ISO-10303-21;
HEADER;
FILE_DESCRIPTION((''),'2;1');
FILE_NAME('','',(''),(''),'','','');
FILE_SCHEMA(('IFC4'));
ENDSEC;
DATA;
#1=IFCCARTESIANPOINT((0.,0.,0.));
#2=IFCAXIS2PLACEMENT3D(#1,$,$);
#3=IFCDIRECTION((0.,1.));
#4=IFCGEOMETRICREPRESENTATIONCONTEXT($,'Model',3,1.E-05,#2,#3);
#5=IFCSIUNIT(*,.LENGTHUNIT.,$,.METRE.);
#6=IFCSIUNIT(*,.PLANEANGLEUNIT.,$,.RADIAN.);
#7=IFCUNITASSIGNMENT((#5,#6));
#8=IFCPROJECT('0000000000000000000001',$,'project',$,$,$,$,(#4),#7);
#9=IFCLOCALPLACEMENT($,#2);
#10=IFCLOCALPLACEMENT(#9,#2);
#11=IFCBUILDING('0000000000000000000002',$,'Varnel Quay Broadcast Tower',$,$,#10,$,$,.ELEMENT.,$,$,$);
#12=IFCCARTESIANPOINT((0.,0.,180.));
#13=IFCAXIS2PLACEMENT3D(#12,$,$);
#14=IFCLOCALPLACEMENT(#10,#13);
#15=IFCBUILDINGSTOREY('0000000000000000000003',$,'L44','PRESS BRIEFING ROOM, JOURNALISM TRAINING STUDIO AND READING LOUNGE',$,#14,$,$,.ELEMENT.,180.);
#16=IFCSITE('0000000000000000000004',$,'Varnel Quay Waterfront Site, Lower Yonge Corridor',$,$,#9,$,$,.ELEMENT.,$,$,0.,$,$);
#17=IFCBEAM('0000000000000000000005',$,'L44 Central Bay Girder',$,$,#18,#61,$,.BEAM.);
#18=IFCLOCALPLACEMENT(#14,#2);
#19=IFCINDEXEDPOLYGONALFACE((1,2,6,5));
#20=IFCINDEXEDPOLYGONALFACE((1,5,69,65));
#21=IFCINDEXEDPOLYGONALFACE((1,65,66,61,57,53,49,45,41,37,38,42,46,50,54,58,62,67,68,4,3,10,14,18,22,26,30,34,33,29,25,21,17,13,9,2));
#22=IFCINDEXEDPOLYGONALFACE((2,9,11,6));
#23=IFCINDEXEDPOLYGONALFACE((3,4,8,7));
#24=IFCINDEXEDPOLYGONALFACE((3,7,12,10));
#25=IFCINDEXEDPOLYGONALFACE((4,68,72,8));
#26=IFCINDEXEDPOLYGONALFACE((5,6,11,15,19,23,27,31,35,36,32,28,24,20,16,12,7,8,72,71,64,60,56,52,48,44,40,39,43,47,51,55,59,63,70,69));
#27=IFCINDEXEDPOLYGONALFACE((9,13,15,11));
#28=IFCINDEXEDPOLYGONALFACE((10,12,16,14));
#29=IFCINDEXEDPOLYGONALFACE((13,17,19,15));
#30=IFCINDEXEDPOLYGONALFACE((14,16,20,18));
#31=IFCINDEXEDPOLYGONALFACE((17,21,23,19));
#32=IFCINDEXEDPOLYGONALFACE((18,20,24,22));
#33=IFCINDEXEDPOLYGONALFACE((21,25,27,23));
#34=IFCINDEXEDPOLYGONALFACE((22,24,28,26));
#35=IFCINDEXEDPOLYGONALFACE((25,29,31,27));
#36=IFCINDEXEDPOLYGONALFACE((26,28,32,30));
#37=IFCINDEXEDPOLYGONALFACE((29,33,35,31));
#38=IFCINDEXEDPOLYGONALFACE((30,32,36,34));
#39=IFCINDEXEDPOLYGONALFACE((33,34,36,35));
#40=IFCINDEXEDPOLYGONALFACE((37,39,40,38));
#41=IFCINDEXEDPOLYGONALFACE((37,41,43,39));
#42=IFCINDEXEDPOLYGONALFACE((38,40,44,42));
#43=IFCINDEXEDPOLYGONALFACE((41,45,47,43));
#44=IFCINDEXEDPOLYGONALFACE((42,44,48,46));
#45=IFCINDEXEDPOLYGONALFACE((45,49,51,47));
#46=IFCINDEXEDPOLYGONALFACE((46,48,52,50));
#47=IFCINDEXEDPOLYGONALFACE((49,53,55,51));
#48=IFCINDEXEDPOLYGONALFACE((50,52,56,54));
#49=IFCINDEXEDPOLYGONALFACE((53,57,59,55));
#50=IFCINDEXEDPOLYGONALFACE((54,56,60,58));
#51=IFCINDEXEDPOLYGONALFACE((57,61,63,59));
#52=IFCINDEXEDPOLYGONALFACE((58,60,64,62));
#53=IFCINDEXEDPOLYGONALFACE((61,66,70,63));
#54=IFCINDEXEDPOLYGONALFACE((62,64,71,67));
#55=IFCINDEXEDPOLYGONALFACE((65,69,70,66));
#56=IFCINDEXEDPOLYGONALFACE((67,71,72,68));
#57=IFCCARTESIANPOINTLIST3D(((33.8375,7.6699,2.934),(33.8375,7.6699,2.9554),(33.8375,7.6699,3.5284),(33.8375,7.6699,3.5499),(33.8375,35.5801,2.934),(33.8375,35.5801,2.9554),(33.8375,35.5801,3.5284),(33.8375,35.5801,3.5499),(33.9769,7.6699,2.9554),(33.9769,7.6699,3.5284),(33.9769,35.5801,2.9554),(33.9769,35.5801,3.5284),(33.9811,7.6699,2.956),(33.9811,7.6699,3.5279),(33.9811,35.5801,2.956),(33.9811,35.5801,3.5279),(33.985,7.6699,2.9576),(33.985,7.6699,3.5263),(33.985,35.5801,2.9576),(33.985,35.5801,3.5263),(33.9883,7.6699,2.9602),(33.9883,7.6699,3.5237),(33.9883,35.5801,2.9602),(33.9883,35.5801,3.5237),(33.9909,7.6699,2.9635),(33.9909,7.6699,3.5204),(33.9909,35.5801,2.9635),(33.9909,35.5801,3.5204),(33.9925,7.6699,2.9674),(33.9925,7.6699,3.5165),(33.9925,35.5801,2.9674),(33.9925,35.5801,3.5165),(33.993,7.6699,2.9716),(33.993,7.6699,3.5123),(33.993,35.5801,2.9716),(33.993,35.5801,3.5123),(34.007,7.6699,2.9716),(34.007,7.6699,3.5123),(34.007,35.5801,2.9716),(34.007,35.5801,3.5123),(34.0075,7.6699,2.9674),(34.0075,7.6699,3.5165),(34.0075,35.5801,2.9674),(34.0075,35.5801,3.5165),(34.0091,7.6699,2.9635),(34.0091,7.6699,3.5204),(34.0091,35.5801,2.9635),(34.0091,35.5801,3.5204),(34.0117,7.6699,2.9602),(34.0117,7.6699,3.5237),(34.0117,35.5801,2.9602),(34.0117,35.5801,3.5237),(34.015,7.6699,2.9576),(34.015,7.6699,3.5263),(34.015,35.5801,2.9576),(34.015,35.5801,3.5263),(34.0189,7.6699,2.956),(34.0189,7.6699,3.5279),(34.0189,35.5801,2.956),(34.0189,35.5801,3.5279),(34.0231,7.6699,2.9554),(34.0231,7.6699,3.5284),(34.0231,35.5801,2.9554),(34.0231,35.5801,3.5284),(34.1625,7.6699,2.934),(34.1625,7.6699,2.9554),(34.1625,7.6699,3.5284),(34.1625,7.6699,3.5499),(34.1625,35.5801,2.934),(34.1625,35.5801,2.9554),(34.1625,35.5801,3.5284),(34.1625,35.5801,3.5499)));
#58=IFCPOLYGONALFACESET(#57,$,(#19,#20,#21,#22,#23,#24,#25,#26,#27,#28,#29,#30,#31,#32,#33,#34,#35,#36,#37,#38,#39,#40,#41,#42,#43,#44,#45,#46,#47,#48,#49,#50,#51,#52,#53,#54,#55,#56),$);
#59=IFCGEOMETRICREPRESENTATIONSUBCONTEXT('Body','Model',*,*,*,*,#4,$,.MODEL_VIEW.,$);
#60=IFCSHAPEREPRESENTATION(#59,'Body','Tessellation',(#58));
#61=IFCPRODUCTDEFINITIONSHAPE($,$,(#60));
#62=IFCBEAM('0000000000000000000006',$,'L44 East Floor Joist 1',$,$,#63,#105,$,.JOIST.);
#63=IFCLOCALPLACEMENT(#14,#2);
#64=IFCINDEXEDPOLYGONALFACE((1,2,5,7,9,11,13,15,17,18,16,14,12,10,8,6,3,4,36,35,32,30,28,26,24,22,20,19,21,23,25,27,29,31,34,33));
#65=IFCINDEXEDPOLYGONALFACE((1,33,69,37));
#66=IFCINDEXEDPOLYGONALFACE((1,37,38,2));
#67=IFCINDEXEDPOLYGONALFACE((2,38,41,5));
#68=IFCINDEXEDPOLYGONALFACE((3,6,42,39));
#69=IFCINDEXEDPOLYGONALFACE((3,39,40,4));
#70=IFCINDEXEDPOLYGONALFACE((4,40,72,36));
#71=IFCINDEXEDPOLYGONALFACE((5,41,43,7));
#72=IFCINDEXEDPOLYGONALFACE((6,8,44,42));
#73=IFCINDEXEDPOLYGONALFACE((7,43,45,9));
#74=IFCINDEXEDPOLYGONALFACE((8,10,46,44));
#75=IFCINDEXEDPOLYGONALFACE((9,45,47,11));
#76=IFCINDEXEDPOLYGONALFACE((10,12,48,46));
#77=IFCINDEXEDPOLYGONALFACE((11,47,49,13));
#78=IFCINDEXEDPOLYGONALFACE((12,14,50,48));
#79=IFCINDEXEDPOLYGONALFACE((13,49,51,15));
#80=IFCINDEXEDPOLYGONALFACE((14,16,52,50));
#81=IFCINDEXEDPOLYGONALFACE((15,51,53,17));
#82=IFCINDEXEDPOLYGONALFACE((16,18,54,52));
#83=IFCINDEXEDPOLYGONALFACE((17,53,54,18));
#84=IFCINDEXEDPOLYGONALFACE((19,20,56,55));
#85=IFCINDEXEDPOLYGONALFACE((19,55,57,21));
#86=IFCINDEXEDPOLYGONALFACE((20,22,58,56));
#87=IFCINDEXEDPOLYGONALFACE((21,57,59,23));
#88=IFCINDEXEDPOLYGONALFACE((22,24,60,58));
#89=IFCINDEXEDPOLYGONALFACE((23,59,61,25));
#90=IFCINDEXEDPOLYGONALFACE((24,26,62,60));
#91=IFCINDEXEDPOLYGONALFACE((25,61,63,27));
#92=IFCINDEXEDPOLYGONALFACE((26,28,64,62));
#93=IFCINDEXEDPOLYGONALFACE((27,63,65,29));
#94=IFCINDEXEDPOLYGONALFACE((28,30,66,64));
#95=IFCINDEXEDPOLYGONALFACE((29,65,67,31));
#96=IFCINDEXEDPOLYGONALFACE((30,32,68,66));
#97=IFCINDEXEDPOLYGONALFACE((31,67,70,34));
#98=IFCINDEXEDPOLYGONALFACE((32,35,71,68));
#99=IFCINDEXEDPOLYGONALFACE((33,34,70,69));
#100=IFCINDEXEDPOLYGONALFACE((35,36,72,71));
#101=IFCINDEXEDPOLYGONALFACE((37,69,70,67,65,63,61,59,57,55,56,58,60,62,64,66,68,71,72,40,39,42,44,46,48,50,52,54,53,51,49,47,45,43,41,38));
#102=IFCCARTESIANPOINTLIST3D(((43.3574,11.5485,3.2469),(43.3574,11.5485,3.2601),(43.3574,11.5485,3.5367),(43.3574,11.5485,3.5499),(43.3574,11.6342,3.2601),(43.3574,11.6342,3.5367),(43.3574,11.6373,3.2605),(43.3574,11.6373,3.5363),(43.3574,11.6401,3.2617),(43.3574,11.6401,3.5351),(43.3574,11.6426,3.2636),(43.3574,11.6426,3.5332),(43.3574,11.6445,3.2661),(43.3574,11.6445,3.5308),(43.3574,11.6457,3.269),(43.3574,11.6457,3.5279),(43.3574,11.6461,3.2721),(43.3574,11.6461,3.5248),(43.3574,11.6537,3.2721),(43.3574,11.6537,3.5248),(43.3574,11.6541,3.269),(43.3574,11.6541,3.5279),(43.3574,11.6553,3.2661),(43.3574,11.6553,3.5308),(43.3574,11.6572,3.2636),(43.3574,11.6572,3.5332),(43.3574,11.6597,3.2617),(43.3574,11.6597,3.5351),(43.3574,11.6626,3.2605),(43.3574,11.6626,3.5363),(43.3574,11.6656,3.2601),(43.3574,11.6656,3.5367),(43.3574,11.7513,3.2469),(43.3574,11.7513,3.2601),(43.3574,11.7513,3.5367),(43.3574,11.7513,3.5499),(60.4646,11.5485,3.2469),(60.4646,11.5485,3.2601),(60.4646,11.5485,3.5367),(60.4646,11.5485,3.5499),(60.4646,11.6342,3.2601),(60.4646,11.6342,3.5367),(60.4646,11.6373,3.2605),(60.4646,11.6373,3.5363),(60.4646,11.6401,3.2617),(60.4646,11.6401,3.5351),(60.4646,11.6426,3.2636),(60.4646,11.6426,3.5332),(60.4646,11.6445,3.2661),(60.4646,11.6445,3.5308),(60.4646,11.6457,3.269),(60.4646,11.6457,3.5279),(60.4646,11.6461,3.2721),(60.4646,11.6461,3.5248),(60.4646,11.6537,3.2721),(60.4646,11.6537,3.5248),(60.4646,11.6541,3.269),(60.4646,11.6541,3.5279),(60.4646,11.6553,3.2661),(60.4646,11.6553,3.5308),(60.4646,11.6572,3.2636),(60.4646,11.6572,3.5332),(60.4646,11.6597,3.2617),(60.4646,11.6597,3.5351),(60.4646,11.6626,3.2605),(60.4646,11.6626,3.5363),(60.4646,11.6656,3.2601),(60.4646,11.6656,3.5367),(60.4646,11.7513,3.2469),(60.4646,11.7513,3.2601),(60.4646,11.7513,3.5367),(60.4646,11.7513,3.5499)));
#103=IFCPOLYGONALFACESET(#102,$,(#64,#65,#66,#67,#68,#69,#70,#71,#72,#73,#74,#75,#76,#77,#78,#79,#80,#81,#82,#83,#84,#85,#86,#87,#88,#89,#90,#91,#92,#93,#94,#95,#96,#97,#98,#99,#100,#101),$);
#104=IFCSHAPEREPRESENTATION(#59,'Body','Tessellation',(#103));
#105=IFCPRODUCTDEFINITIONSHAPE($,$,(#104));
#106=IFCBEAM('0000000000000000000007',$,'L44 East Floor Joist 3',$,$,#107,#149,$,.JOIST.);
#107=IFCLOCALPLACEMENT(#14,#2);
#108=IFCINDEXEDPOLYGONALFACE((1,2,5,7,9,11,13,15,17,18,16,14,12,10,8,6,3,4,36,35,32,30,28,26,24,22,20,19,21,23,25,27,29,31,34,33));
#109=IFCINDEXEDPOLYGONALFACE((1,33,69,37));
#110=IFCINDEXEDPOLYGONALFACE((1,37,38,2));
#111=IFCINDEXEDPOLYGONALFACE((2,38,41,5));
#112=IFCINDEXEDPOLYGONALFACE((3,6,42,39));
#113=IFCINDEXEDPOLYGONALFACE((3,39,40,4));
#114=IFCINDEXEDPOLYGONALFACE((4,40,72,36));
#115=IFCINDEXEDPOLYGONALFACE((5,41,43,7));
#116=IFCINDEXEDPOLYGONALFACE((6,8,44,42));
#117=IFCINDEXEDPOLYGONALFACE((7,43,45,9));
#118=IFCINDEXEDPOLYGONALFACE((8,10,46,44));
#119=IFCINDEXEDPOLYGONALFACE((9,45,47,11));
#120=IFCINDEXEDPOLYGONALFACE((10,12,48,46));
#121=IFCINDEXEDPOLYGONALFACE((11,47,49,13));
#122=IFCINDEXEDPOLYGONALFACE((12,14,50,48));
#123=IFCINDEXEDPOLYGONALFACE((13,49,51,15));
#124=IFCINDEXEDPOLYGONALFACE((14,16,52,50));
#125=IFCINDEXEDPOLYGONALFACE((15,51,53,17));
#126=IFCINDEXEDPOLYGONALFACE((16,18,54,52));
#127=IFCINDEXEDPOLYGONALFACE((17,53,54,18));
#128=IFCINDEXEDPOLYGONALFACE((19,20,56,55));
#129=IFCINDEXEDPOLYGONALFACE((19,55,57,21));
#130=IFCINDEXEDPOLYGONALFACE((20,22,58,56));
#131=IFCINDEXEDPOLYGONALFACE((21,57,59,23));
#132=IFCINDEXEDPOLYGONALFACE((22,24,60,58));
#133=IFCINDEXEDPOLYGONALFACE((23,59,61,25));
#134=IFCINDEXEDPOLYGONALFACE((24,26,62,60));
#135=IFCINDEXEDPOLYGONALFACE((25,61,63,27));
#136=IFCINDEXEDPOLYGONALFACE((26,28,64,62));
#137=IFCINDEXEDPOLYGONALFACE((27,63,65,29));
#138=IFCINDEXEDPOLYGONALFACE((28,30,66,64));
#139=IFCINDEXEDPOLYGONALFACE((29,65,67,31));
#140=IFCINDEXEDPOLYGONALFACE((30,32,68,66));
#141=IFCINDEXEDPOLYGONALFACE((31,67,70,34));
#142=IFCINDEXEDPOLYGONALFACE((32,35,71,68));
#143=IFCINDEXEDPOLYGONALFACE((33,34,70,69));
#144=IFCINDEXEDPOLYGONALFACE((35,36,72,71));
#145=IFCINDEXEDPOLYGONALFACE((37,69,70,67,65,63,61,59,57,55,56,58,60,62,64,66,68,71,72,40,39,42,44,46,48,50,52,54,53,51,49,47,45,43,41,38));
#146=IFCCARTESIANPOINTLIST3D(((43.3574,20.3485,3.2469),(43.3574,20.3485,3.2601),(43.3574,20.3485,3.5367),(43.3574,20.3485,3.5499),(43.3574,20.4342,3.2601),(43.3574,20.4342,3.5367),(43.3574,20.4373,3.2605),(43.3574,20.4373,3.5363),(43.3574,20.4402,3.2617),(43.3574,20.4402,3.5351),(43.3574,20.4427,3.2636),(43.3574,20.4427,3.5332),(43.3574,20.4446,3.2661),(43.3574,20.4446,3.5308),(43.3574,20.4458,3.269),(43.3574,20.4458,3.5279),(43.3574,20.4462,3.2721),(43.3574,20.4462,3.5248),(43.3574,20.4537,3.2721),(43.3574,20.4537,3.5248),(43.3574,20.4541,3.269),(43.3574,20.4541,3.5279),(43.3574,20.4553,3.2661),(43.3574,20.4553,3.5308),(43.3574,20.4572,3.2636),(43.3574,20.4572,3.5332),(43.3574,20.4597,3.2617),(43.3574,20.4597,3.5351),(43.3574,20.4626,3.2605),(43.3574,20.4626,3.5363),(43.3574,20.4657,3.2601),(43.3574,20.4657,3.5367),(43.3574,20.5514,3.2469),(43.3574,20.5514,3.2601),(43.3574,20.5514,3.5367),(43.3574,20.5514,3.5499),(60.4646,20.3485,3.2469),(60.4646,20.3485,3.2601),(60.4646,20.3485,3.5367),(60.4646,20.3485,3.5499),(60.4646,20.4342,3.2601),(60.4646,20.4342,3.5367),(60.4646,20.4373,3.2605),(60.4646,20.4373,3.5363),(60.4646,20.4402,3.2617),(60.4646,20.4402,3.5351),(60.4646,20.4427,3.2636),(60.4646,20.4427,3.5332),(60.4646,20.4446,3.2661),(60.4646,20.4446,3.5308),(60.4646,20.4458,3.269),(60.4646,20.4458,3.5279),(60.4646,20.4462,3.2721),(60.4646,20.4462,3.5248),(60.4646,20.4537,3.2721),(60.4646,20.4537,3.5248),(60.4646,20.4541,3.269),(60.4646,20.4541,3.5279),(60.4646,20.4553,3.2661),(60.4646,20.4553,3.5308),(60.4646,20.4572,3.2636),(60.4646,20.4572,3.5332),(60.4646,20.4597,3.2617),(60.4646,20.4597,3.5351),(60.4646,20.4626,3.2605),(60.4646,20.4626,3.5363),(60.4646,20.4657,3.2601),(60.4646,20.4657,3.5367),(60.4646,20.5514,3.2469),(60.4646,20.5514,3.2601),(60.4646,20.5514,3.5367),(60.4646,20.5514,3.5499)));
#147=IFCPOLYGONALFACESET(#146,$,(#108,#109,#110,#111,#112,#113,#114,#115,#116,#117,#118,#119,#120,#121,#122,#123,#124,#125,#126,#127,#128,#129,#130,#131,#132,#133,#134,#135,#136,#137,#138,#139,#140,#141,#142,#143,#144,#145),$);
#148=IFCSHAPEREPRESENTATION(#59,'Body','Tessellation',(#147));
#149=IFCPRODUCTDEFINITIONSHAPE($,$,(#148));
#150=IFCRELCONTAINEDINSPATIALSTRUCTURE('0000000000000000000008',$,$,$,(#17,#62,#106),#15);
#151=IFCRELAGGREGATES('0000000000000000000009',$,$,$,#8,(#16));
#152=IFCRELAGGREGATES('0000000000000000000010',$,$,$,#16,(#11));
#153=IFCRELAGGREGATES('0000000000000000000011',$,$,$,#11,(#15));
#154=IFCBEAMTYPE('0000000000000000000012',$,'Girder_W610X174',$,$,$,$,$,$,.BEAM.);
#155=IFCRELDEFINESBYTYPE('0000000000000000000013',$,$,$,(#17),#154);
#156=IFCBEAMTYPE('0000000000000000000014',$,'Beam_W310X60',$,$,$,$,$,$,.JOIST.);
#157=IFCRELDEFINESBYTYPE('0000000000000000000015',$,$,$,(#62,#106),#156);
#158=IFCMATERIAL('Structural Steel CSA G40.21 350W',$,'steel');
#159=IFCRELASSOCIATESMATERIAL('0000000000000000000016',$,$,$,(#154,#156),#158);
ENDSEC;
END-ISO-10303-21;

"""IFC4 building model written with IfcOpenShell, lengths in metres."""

from ifc_helpers import new_model, si_unit, direction, frame, origin, origin_2d, place, context, subcontext, project, spatial, i_section, extrude, source, transform, mapped, material, material_profile, profile_set, type_object, type_shapes, element, save


model = new_model("IFC4")

# Units and contexts
model_context = context("Model", 3, precision=1e-05, world=origin(), true_north=direction((0.0, 1.0)))
body_context = subcontext(model_context, "Body", "Model", "MODEL_VIEW")
ifc_project = project(units=[si_unit("LENGTHUNIT", "METRE"), si_unit("PLANEANGLEUNIT", "RADIAN")], contexts=[model_context])

# Site, building, storey
site_placement = place(None, origin())
site = spatial("IfcSite", under=ifc_project, at=site_placement, Name="Varnel Quay Waterfront Site, Lower Yonge Corridor", CompositionType="ELEMENT", RefElevation=0.0)
building_placement = place(site_placement, origin())
building = spatial("IfcBuilding", under=site, at=building_placement, Name="Varnel Quay Broadcast Tower", CompositionType="ELEMENT")
storey_placement = place(building_placement, frame((0.0, 0.0, 180.0)))
storey = spatial("IfcBuildingStorey", under=building, at=storey_placement, Name="L44", Description="PRESS BRIEFING ROOM, JOURNALISM TRAINING STUDIO AND READING LOUNGE", CompositionType="ELEMENT", Elevation=180.0)

# Shared definitions
ifc_material_1 = material(Name="Structural Steel CSA G40.21 350W", Category="steel")

# Beams
ifc_material_profile_1 = material_profile(ifc_material_1, i_section(OverallWidth=0.325, OverallDepth=0.616, WebThickness=0.0139, FlangeThickness=0.0215, FilletRadius=0.0161, at=origin_2d()), Name="W610X174")
ifc_profile_set_1 = profile_set([ifc_material_profile_1], Name="Structural Steel CSA G40.21 350W")
beam_type_1 = type_object("IfcBeamType", Name="Girder_W610X174", PredefinedType="BEAM", material=ifc_profile_set_1)
shared_shape_1 = source(origin(), body_context, "Body", "SweptSolid", [
    extrude(i_section(OverallWidth=0.325, OverallDepth=0.616, WebThickness=0.0139, FlangeThickness=0.0215, FilletRadius=0.0161, at=origin_2d()), origin(), (0.0, 0.0, 1.0), 27.9102),
])
beam_1_placement = place(storey_placement, frame((34.0, 7.6699, 3.2419), z_axis=(0.0, 1.0, 0.0), x_axis=(-1.0, 0.0, 0.0)))
element("IfcBeam", 1, at=beam_1_placement, inside=storey, type_object=beam_type_1, Name="L44 Central Bay Girder", PredefinedType="BEAM", context=body_context, shape_type="MappedRepresentation", body=[
    mapped(shared_shape_1, transform((0.0, 0.0, 0.0), x_axis=(1.0, 0.0, 0.0), y_axis=(0.0, 1.0, 0.0), z_axis=(0.0, 0.0, 1.0), scale=1.0)),
])
ifc_material_profile_2 = material_profile(ifc_material_1, i_section(OverallWidth=0.2029, OverallDepth=0.303, WebThickness=0.0076, FlangeThickness=0.0132, FilletRadius=0.012, at=origin_2d()), Name="W310X60")
ifc_profile_set_2 = profile_set([ifc_material_profile_2], Name="Structural Steel CSA G40.21 350W")
beam_type_2 = type_object("IfcBeamType", Name="Beam_W310X60", PredefinedType="JOIST", material=ifc_profile_set_2)
shared_shape_2 = source(origin(), body_context, "Body", "SweptSolid", [
    extrude(i_section(OverallWidth=0.2029, OverallDepth=0.303, WebThickness=0.0076, FlangeThickness=0.0132, FilletRadius=0.012, at=origin_2d()), origin(), (0.0, 0.0, 1.0), 17.1072),
])
type_shapes(beam_type_2, [shared_shape_2])
for number, where, z_axis, x_axis, name in (
    (2, (43.3574, 11.6499, 3.3984), (1.0, 0.0, 0.0), (0.0, 1.0, 0.0), "L44 East Floor Joist 1"),
    (3, (43.3574, 20.45, 3.3984), (1.0, 0.0, 0.0), (0.0, 1.0, 0.0), "L44 East Floor Joist 3"),
):
    element("IfcBeam", number, at=place(storey_placement, frame(where, z_axis=z_axis, x_axis=x_axis)), inside=storey, type_object=beam_type_2, Name=name, PredefinedType="JOIST", context=body_context, shape_type="MappedRepresentation", body=[
        mapped(shared_shape_2, transform((0.0, 0.0, 0.0), x_axis=(1.0, 0.0, 0.0), y_axis=(0.0, 1.0, 0.0), z_axis=(0.0, 0.0, 1.0), scale=1.0)),
    ])

save(model, "model.ifc")
